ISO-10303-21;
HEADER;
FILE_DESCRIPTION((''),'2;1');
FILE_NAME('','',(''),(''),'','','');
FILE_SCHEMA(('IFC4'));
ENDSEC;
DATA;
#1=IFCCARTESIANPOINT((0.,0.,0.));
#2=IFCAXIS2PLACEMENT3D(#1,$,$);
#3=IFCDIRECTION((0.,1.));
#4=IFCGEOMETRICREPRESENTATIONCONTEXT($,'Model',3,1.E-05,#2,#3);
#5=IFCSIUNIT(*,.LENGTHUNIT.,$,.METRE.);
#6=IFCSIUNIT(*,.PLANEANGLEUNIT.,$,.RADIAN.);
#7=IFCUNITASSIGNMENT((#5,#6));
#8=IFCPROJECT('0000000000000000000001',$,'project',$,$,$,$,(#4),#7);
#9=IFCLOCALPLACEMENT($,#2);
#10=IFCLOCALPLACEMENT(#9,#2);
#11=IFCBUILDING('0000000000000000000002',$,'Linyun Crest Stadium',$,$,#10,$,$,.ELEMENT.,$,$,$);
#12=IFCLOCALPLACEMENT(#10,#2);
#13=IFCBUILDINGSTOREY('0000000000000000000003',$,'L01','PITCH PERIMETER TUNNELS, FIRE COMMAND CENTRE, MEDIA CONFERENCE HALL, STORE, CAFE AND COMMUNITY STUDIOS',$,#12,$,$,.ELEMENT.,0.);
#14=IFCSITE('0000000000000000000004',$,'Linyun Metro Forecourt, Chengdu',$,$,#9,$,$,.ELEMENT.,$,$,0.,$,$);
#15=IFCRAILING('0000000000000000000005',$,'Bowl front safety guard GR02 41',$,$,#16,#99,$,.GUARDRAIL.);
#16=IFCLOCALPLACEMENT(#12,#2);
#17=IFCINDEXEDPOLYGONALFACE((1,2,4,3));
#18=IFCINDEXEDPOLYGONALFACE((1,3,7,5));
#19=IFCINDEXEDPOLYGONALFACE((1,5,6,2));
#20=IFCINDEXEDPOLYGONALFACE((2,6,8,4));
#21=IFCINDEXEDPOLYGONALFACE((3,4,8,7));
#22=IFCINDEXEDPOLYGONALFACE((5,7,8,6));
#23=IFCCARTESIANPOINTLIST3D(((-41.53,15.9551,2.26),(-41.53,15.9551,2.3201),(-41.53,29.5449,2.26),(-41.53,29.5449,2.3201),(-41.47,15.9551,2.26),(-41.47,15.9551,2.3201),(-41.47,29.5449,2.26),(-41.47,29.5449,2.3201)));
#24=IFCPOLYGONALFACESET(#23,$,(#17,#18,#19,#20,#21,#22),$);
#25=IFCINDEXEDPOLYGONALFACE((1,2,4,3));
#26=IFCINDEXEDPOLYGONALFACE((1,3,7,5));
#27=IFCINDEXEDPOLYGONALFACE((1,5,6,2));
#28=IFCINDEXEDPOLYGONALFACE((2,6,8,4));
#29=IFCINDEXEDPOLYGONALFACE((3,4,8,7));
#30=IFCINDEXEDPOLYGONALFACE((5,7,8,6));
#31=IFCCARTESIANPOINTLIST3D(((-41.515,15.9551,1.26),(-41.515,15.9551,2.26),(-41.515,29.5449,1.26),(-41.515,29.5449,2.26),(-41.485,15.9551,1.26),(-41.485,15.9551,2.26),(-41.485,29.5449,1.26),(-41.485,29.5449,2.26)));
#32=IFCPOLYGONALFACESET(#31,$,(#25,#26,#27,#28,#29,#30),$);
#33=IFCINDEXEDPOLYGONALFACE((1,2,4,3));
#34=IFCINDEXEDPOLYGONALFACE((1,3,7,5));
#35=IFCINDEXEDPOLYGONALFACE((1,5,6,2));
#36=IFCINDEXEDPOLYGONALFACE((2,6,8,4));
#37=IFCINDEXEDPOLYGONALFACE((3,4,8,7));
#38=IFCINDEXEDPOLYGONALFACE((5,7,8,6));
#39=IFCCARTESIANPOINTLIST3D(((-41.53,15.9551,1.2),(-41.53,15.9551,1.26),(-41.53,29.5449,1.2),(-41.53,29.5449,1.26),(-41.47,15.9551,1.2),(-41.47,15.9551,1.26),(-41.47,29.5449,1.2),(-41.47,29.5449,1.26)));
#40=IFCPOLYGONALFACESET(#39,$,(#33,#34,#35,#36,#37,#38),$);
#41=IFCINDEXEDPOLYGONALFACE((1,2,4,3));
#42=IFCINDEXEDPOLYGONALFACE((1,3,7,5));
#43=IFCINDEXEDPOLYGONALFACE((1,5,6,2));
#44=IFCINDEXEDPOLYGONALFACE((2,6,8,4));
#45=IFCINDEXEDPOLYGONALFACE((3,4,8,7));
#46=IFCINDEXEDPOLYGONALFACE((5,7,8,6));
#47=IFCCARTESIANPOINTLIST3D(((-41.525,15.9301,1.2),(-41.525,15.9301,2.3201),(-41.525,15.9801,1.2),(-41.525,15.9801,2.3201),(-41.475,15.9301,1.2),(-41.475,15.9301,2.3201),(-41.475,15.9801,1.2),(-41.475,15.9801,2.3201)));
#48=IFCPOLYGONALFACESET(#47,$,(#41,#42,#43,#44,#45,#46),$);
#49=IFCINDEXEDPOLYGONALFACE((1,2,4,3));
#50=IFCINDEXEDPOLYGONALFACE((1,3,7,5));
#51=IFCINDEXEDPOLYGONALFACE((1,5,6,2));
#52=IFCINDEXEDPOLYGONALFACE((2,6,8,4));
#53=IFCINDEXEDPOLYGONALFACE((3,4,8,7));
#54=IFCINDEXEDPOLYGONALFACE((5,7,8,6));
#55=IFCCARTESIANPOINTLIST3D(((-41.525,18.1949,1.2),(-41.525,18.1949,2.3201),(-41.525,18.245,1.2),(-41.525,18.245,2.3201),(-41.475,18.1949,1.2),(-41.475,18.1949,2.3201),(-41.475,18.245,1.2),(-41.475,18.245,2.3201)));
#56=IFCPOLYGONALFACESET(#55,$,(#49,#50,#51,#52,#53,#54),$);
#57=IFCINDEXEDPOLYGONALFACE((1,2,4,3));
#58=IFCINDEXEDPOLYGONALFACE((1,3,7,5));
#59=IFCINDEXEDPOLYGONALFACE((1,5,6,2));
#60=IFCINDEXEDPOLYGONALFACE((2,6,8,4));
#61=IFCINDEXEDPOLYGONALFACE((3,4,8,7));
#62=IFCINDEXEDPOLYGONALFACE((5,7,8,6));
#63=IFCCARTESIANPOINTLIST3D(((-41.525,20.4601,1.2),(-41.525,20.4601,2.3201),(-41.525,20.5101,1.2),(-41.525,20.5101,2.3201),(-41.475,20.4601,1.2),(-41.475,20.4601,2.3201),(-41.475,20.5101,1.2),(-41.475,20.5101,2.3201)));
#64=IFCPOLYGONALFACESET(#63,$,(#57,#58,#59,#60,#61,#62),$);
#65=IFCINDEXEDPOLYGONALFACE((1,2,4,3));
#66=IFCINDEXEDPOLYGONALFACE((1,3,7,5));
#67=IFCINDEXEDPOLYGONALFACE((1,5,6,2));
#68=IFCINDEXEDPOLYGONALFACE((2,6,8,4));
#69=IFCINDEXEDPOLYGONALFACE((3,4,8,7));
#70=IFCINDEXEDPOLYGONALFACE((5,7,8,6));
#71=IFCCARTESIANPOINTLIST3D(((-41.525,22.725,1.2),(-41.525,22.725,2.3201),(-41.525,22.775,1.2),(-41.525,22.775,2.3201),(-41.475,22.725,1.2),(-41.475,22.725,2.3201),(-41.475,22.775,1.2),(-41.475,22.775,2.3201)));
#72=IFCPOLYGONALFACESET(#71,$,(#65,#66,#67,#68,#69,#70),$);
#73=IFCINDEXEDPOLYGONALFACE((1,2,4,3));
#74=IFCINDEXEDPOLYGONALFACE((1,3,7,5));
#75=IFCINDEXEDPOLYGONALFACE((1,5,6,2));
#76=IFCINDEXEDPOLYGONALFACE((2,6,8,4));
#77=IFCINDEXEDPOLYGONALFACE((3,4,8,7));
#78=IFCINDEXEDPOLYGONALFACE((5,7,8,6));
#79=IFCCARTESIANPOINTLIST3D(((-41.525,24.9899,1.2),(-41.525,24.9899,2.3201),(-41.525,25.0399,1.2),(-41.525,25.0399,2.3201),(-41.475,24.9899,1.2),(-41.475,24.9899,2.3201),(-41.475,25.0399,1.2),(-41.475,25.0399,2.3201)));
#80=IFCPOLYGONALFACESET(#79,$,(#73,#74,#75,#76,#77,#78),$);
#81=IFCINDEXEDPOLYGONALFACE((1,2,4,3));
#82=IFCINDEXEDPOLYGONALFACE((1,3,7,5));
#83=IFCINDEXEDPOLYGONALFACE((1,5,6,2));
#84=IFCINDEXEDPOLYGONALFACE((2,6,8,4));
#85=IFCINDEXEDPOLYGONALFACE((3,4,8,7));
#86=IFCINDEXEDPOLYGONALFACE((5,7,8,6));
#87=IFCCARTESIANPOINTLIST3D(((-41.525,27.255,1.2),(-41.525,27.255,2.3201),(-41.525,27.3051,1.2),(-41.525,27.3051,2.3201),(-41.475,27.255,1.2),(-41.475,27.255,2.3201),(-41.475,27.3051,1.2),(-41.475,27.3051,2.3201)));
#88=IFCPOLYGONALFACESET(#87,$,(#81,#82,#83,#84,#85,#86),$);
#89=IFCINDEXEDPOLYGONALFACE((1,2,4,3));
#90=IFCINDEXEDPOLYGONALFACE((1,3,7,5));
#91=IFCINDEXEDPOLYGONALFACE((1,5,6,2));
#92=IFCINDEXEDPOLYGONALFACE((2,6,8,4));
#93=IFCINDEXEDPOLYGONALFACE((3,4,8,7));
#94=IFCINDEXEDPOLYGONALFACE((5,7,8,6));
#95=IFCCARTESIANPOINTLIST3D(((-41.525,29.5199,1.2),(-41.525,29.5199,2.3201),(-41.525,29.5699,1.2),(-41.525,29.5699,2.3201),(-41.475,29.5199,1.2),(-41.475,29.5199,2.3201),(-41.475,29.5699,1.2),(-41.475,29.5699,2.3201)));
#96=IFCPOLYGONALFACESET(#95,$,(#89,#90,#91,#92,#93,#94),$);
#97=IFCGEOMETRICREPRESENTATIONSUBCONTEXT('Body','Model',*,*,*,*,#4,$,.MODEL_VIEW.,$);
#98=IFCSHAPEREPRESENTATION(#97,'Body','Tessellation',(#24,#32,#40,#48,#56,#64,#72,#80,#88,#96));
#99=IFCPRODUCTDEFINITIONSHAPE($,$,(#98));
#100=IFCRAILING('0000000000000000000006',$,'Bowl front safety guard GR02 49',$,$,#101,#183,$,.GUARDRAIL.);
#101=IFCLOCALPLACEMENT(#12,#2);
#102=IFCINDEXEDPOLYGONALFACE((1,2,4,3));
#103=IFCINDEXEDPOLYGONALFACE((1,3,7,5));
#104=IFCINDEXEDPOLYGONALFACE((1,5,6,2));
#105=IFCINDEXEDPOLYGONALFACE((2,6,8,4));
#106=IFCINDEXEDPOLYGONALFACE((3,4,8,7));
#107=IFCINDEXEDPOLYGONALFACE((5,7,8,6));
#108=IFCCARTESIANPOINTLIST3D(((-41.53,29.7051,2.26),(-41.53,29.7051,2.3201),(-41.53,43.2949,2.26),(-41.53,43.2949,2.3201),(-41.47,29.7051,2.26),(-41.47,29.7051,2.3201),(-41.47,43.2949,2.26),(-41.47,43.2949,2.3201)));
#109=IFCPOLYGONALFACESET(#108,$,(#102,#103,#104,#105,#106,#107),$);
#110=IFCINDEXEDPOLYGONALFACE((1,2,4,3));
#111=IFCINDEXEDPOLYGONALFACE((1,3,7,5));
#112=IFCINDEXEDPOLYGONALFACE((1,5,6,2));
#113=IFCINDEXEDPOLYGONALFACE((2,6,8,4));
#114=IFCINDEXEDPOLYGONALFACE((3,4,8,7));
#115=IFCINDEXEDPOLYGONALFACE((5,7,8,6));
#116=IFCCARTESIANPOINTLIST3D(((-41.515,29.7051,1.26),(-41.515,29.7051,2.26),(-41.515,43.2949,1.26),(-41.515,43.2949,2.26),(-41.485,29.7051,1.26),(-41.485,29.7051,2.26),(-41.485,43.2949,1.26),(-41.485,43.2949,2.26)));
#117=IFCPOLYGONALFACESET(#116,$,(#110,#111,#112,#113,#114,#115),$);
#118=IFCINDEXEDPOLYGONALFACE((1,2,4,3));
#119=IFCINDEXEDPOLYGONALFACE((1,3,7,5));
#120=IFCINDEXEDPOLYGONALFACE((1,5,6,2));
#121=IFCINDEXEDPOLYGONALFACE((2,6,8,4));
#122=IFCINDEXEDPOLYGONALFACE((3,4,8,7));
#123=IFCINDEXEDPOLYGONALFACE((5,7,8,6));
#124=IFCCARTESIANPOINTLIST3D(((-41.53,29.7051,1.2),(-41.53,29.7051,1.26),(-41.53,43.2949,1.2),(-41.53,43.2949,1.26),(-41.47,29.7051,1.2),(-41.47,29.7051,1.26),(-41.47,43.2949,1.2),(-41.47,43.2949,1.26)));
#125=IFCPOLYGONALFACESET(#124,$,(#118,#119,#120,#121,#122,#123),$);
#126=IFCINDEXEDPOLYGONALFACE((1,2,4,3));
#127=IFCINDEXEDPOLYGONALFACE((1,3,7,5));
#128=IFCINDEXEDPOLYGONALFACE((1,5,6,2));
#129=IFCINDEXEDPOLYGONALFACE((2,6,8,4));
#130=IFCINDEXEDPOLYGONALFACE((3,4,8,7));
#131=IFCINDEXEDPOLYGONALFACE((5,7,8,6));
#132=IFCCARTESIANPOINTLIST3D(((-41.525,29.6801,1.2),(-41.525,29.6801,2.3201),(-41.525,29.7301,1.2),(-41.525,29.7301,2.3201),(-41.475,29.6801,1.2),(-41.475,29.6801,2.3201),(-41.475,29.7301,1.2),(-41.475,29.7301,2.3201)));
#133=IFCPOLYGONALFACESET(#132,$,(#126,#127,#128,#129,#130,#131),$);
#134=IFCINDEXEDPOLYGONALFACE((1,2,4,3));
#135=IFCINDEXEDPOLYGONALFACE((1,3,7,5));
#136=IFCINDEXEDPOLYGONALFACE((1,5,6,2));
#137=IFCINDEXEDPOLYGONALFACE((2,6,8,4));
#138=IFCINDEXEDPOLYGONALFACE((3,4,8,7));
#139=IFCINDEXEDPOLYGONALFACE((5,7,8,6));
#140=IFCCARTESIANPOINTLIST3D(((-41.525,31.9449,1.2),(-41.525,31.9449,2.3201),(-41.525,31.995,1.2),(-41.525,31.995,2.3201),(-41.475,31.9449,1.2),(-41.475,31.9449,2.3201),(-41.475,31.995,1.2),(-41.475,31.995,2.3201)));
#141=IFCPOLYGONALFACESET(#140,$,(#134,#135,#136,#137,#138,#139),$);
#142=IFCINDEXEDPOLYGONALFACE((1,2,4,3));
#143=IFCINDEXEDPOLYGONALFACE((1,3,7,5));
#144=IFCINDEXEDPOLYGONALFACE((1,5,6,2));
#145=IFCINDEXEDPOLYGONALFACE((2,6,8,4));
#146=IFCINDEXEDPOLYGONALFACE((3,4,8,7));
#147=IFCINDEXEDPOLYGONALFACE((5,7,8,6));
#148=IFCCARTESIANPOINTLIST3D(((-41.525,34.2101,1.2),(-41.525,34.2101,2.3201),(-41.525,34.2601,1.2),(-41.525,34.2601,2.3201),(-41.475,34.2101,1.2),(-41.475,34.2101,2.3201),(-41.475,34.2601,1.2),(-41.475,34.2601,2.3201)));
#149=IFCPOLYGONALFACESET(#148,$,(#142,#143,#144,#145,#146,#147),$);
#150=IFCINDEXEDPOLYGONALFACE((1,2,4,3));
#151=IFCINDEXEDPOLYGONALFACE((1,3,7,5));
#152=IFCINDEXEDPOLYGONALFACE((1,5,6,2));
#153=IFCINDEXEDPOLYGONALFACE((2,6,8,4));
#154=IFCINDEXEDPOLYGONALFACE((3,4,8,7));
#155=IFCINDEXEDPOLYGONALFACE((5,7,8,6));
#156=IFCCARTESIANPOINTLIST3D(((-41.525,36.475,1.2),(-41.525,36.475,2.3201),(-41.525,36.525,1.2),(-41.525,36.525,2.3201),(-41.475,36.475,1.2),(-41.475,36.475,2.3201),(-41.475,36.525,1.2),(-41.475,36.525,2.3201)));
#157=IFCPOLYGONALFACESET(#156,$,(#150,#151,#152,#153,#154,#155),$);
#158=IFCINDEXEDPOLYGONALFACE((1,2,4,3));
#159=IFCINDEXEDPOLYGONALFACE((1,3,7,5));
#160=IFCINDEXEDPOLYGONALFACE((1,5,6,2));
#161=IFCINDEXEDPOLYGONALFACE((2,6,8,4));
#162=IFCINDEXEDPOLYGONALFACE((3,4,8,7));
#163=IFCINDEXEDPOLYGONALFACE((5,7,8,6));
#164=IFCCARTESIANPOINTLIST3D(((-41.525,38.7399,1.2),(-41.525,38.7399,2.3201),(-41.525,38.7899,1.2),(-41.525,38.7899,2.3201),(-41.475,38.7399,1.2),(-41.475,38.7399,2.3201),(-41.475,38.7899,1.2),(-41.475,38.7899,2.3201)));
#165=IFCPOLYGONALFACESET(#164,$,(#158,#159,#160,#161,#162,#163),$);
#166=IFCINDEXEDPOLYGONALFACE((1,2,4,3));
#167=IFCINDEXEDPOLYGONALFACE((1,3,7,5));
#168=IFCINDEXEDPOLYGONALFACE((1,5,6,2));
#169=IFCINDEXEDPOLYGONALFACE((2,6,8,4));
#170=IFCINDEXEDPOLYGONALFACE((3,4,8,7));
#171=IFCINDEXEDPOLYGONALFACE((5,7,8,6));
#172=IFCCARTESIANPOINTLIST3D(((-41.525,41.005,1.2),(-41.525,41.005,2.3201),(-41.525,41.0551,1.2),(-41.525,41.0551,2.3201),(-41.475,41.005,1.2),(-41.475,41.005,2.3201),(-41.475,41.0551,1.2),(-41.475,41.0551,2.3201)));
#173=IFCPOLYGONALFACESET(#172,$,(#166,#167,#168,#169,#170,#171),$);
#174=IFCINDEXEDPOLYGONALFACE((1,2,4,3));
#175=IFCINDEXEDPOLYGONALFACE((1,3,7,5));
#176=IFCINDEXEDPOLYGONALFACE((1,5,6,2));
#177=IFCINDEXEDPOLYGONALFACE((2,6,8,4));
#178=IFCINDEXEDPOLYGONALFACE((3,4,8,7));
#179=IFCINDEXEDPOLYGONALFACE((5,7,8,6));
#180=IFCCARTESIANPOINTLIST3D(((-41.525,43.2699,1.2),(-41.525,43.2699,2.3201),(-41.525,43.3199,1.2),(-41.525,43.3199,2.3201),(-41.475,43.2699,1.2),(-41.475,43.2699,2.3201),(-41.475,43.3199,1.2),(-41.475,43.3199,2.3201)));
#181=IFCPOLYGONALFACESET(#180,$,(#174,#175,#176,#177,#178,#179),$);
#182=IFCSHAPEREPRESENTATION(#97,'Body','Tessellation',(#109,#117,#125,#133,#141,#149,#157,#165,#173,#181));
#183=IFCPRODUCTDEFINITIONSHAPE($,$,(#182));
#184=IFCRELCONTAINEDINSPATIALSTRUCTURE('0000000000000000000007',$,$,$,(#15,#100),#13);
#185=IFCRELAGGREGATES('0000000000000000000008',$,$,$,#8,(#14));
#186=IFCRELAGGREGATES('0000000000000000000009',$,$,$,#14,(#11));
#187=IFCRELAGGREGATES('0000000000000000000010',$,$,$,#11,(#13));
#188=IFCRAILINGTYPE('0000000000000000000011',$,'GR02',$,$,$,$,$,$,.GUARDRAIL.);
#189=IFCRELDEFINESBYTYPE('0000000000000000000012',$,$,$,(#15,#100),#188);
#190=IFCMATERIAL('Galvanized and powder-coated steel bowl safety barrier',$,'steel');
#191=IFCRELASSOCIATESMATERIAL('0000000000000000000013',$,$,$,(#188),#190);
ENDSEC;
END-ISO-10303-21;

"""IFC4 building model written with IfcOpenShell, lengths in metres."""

from ifc_helpers import new_model, si_unit, direction, frame, origin, origin_2d, place, context, subcontext, project, spatial, rectangle, extrude, material, type_object, element, save


model = new_model("IFC4")

# Units and contexts
model_context = context("Model", 3, precision=1e-05, world=origin(), true_north=direction((0.0, 1.0)))
body_context = subcontext(model_context, "Body", "Model", "MODEL_VIEW")
ifc_project = project(units=[si_unit("LENGTHUNIT", "METRE"), si_unit("PLANEANGLEUNIT", "RADIAN")], contexts=[model_context])

# Site, building, storey
site_placement = place(None, origin())
site = spatial("IfcSite", under=ifc_project, at=site_placement, Name="Linyun Metro Forecourt, Chengdu", CompositionType="ELEMENT", RefElevation=0.0)
building_placement = place(site_placement, origin())
building = spatial("IfcBuilding", under=site, at=building_placement, Name="Linyun Crest Stadium", CompositionType="ELEMENT")
storey_placement = place(building_placement, origin())
storey = spatial("IfcBuildingStorey", under=building, at=storey_placement, Name="L01", Description="PITCH PERIMETER TUNNELS, FIRE COMMAND CENTRE, MEDIA CONFERENCE HALL, STORE, CAFE AND COMMUNITY STUDIOS", CompositionType="ELEMENT", Elevation=0.0)

# Railings
ifc_material_1 = material(Name="Galvanized and powder-coated steel bowl safety barrier", Category="steel")
railing_type = type_object("IfcRailingType", Name="GR02", PredefinedType="GUARDRAIL", material=ifc_material_1)
for number, where, name in (
    (1, (-41.5, 15.9551, 1.2), "Bowl front safety guard GR02 41"),
    (2, (-41.5, 29.7051, 1.2), "Bowl front safety guard GR02 49"),
):
    element("IfcRailing", number, at=place(storey_placement, frame(where)), inside=storey, type_object=railing_type, Name=name, PredefinedType="GUARDRAIL", context=body_context, shape_type="SweptSolid", body=[
        extrude(rectangle(XDim=0.0601, YDim=0.0601, at=origin_2d()), frame((0.0, 0.0, 1.0901), z_axis=(0.0, 1.0, 0.0), x_axis=(-1.0, 0.0, 0.0)), (0.0, 0.0, 1.0), 13.5898),
        extrude(rectangle(XDim=0.03, YDim=1.0, at=origin_2d()), frame((0.0, 0.0, 0.5601), z_axis=(0.0, 1.0, 0.0), x_axis=(-1.0, 0.0, 0.0)), (0.0, 0.0, 1.0), 13.5898),
        extrude(rectangle(XDim=0.0601, YDim=0.0601, at=origin_2d()), frame((0.0, 0.0, 0.03), z_axis=(0.0, 1.0, 0.0), x_axis=(-1.0, 0.0, 0.0)), (0.0, 0.0, 1.0), 13.5898),
        extrude(rectangle(XDim=0.05, YDim=0.05, at=origin_2d()), origin(), (0.0, 0.0, 1.0), 1.1201),
        extrude(rectangle(XDim=0.05, YDim=0.05, at=origin_2d()), frame((0.0, 2.2649, 0.0)), (0.0, 0.0, 1.0), 1.1201),
        extrude(rectangle(XDim=0.05, YDim=0.05, at=origin_2d()), frame((0.0, 4.53, 0.0)), (0.0, 0.0, 1.0), 1.1201),
        extrude(rectangle(XDim=0.05, YDim=0.05, at=origin_2d()), frame((0.0, 6.7949, 0.0)), (0.0, 0.0, 1.0), 1.1201),
        extrude(rectangle(XDim=0.05, YDim=0.05, at=origin_2d()), frame((0.0, 9.0598, 0.0)), (0.0, 0.0, 1.0), 1.1201),
        extrude(rectangle(XDim=0.05, YDim=0.05, at=origin_2d()), frame((0.0, 11.325, 0.0)), (0.0, 0.0, 1.0), 1.1201),
        extrude(rectangle(XDim=0.05, YDim=0.05, at=origin_2d()), frame((0.0, 13.5898, 0.0)), (0.0, 0.0, 1.0), 1.1201),
    ])

save(model, "model.ifc")
